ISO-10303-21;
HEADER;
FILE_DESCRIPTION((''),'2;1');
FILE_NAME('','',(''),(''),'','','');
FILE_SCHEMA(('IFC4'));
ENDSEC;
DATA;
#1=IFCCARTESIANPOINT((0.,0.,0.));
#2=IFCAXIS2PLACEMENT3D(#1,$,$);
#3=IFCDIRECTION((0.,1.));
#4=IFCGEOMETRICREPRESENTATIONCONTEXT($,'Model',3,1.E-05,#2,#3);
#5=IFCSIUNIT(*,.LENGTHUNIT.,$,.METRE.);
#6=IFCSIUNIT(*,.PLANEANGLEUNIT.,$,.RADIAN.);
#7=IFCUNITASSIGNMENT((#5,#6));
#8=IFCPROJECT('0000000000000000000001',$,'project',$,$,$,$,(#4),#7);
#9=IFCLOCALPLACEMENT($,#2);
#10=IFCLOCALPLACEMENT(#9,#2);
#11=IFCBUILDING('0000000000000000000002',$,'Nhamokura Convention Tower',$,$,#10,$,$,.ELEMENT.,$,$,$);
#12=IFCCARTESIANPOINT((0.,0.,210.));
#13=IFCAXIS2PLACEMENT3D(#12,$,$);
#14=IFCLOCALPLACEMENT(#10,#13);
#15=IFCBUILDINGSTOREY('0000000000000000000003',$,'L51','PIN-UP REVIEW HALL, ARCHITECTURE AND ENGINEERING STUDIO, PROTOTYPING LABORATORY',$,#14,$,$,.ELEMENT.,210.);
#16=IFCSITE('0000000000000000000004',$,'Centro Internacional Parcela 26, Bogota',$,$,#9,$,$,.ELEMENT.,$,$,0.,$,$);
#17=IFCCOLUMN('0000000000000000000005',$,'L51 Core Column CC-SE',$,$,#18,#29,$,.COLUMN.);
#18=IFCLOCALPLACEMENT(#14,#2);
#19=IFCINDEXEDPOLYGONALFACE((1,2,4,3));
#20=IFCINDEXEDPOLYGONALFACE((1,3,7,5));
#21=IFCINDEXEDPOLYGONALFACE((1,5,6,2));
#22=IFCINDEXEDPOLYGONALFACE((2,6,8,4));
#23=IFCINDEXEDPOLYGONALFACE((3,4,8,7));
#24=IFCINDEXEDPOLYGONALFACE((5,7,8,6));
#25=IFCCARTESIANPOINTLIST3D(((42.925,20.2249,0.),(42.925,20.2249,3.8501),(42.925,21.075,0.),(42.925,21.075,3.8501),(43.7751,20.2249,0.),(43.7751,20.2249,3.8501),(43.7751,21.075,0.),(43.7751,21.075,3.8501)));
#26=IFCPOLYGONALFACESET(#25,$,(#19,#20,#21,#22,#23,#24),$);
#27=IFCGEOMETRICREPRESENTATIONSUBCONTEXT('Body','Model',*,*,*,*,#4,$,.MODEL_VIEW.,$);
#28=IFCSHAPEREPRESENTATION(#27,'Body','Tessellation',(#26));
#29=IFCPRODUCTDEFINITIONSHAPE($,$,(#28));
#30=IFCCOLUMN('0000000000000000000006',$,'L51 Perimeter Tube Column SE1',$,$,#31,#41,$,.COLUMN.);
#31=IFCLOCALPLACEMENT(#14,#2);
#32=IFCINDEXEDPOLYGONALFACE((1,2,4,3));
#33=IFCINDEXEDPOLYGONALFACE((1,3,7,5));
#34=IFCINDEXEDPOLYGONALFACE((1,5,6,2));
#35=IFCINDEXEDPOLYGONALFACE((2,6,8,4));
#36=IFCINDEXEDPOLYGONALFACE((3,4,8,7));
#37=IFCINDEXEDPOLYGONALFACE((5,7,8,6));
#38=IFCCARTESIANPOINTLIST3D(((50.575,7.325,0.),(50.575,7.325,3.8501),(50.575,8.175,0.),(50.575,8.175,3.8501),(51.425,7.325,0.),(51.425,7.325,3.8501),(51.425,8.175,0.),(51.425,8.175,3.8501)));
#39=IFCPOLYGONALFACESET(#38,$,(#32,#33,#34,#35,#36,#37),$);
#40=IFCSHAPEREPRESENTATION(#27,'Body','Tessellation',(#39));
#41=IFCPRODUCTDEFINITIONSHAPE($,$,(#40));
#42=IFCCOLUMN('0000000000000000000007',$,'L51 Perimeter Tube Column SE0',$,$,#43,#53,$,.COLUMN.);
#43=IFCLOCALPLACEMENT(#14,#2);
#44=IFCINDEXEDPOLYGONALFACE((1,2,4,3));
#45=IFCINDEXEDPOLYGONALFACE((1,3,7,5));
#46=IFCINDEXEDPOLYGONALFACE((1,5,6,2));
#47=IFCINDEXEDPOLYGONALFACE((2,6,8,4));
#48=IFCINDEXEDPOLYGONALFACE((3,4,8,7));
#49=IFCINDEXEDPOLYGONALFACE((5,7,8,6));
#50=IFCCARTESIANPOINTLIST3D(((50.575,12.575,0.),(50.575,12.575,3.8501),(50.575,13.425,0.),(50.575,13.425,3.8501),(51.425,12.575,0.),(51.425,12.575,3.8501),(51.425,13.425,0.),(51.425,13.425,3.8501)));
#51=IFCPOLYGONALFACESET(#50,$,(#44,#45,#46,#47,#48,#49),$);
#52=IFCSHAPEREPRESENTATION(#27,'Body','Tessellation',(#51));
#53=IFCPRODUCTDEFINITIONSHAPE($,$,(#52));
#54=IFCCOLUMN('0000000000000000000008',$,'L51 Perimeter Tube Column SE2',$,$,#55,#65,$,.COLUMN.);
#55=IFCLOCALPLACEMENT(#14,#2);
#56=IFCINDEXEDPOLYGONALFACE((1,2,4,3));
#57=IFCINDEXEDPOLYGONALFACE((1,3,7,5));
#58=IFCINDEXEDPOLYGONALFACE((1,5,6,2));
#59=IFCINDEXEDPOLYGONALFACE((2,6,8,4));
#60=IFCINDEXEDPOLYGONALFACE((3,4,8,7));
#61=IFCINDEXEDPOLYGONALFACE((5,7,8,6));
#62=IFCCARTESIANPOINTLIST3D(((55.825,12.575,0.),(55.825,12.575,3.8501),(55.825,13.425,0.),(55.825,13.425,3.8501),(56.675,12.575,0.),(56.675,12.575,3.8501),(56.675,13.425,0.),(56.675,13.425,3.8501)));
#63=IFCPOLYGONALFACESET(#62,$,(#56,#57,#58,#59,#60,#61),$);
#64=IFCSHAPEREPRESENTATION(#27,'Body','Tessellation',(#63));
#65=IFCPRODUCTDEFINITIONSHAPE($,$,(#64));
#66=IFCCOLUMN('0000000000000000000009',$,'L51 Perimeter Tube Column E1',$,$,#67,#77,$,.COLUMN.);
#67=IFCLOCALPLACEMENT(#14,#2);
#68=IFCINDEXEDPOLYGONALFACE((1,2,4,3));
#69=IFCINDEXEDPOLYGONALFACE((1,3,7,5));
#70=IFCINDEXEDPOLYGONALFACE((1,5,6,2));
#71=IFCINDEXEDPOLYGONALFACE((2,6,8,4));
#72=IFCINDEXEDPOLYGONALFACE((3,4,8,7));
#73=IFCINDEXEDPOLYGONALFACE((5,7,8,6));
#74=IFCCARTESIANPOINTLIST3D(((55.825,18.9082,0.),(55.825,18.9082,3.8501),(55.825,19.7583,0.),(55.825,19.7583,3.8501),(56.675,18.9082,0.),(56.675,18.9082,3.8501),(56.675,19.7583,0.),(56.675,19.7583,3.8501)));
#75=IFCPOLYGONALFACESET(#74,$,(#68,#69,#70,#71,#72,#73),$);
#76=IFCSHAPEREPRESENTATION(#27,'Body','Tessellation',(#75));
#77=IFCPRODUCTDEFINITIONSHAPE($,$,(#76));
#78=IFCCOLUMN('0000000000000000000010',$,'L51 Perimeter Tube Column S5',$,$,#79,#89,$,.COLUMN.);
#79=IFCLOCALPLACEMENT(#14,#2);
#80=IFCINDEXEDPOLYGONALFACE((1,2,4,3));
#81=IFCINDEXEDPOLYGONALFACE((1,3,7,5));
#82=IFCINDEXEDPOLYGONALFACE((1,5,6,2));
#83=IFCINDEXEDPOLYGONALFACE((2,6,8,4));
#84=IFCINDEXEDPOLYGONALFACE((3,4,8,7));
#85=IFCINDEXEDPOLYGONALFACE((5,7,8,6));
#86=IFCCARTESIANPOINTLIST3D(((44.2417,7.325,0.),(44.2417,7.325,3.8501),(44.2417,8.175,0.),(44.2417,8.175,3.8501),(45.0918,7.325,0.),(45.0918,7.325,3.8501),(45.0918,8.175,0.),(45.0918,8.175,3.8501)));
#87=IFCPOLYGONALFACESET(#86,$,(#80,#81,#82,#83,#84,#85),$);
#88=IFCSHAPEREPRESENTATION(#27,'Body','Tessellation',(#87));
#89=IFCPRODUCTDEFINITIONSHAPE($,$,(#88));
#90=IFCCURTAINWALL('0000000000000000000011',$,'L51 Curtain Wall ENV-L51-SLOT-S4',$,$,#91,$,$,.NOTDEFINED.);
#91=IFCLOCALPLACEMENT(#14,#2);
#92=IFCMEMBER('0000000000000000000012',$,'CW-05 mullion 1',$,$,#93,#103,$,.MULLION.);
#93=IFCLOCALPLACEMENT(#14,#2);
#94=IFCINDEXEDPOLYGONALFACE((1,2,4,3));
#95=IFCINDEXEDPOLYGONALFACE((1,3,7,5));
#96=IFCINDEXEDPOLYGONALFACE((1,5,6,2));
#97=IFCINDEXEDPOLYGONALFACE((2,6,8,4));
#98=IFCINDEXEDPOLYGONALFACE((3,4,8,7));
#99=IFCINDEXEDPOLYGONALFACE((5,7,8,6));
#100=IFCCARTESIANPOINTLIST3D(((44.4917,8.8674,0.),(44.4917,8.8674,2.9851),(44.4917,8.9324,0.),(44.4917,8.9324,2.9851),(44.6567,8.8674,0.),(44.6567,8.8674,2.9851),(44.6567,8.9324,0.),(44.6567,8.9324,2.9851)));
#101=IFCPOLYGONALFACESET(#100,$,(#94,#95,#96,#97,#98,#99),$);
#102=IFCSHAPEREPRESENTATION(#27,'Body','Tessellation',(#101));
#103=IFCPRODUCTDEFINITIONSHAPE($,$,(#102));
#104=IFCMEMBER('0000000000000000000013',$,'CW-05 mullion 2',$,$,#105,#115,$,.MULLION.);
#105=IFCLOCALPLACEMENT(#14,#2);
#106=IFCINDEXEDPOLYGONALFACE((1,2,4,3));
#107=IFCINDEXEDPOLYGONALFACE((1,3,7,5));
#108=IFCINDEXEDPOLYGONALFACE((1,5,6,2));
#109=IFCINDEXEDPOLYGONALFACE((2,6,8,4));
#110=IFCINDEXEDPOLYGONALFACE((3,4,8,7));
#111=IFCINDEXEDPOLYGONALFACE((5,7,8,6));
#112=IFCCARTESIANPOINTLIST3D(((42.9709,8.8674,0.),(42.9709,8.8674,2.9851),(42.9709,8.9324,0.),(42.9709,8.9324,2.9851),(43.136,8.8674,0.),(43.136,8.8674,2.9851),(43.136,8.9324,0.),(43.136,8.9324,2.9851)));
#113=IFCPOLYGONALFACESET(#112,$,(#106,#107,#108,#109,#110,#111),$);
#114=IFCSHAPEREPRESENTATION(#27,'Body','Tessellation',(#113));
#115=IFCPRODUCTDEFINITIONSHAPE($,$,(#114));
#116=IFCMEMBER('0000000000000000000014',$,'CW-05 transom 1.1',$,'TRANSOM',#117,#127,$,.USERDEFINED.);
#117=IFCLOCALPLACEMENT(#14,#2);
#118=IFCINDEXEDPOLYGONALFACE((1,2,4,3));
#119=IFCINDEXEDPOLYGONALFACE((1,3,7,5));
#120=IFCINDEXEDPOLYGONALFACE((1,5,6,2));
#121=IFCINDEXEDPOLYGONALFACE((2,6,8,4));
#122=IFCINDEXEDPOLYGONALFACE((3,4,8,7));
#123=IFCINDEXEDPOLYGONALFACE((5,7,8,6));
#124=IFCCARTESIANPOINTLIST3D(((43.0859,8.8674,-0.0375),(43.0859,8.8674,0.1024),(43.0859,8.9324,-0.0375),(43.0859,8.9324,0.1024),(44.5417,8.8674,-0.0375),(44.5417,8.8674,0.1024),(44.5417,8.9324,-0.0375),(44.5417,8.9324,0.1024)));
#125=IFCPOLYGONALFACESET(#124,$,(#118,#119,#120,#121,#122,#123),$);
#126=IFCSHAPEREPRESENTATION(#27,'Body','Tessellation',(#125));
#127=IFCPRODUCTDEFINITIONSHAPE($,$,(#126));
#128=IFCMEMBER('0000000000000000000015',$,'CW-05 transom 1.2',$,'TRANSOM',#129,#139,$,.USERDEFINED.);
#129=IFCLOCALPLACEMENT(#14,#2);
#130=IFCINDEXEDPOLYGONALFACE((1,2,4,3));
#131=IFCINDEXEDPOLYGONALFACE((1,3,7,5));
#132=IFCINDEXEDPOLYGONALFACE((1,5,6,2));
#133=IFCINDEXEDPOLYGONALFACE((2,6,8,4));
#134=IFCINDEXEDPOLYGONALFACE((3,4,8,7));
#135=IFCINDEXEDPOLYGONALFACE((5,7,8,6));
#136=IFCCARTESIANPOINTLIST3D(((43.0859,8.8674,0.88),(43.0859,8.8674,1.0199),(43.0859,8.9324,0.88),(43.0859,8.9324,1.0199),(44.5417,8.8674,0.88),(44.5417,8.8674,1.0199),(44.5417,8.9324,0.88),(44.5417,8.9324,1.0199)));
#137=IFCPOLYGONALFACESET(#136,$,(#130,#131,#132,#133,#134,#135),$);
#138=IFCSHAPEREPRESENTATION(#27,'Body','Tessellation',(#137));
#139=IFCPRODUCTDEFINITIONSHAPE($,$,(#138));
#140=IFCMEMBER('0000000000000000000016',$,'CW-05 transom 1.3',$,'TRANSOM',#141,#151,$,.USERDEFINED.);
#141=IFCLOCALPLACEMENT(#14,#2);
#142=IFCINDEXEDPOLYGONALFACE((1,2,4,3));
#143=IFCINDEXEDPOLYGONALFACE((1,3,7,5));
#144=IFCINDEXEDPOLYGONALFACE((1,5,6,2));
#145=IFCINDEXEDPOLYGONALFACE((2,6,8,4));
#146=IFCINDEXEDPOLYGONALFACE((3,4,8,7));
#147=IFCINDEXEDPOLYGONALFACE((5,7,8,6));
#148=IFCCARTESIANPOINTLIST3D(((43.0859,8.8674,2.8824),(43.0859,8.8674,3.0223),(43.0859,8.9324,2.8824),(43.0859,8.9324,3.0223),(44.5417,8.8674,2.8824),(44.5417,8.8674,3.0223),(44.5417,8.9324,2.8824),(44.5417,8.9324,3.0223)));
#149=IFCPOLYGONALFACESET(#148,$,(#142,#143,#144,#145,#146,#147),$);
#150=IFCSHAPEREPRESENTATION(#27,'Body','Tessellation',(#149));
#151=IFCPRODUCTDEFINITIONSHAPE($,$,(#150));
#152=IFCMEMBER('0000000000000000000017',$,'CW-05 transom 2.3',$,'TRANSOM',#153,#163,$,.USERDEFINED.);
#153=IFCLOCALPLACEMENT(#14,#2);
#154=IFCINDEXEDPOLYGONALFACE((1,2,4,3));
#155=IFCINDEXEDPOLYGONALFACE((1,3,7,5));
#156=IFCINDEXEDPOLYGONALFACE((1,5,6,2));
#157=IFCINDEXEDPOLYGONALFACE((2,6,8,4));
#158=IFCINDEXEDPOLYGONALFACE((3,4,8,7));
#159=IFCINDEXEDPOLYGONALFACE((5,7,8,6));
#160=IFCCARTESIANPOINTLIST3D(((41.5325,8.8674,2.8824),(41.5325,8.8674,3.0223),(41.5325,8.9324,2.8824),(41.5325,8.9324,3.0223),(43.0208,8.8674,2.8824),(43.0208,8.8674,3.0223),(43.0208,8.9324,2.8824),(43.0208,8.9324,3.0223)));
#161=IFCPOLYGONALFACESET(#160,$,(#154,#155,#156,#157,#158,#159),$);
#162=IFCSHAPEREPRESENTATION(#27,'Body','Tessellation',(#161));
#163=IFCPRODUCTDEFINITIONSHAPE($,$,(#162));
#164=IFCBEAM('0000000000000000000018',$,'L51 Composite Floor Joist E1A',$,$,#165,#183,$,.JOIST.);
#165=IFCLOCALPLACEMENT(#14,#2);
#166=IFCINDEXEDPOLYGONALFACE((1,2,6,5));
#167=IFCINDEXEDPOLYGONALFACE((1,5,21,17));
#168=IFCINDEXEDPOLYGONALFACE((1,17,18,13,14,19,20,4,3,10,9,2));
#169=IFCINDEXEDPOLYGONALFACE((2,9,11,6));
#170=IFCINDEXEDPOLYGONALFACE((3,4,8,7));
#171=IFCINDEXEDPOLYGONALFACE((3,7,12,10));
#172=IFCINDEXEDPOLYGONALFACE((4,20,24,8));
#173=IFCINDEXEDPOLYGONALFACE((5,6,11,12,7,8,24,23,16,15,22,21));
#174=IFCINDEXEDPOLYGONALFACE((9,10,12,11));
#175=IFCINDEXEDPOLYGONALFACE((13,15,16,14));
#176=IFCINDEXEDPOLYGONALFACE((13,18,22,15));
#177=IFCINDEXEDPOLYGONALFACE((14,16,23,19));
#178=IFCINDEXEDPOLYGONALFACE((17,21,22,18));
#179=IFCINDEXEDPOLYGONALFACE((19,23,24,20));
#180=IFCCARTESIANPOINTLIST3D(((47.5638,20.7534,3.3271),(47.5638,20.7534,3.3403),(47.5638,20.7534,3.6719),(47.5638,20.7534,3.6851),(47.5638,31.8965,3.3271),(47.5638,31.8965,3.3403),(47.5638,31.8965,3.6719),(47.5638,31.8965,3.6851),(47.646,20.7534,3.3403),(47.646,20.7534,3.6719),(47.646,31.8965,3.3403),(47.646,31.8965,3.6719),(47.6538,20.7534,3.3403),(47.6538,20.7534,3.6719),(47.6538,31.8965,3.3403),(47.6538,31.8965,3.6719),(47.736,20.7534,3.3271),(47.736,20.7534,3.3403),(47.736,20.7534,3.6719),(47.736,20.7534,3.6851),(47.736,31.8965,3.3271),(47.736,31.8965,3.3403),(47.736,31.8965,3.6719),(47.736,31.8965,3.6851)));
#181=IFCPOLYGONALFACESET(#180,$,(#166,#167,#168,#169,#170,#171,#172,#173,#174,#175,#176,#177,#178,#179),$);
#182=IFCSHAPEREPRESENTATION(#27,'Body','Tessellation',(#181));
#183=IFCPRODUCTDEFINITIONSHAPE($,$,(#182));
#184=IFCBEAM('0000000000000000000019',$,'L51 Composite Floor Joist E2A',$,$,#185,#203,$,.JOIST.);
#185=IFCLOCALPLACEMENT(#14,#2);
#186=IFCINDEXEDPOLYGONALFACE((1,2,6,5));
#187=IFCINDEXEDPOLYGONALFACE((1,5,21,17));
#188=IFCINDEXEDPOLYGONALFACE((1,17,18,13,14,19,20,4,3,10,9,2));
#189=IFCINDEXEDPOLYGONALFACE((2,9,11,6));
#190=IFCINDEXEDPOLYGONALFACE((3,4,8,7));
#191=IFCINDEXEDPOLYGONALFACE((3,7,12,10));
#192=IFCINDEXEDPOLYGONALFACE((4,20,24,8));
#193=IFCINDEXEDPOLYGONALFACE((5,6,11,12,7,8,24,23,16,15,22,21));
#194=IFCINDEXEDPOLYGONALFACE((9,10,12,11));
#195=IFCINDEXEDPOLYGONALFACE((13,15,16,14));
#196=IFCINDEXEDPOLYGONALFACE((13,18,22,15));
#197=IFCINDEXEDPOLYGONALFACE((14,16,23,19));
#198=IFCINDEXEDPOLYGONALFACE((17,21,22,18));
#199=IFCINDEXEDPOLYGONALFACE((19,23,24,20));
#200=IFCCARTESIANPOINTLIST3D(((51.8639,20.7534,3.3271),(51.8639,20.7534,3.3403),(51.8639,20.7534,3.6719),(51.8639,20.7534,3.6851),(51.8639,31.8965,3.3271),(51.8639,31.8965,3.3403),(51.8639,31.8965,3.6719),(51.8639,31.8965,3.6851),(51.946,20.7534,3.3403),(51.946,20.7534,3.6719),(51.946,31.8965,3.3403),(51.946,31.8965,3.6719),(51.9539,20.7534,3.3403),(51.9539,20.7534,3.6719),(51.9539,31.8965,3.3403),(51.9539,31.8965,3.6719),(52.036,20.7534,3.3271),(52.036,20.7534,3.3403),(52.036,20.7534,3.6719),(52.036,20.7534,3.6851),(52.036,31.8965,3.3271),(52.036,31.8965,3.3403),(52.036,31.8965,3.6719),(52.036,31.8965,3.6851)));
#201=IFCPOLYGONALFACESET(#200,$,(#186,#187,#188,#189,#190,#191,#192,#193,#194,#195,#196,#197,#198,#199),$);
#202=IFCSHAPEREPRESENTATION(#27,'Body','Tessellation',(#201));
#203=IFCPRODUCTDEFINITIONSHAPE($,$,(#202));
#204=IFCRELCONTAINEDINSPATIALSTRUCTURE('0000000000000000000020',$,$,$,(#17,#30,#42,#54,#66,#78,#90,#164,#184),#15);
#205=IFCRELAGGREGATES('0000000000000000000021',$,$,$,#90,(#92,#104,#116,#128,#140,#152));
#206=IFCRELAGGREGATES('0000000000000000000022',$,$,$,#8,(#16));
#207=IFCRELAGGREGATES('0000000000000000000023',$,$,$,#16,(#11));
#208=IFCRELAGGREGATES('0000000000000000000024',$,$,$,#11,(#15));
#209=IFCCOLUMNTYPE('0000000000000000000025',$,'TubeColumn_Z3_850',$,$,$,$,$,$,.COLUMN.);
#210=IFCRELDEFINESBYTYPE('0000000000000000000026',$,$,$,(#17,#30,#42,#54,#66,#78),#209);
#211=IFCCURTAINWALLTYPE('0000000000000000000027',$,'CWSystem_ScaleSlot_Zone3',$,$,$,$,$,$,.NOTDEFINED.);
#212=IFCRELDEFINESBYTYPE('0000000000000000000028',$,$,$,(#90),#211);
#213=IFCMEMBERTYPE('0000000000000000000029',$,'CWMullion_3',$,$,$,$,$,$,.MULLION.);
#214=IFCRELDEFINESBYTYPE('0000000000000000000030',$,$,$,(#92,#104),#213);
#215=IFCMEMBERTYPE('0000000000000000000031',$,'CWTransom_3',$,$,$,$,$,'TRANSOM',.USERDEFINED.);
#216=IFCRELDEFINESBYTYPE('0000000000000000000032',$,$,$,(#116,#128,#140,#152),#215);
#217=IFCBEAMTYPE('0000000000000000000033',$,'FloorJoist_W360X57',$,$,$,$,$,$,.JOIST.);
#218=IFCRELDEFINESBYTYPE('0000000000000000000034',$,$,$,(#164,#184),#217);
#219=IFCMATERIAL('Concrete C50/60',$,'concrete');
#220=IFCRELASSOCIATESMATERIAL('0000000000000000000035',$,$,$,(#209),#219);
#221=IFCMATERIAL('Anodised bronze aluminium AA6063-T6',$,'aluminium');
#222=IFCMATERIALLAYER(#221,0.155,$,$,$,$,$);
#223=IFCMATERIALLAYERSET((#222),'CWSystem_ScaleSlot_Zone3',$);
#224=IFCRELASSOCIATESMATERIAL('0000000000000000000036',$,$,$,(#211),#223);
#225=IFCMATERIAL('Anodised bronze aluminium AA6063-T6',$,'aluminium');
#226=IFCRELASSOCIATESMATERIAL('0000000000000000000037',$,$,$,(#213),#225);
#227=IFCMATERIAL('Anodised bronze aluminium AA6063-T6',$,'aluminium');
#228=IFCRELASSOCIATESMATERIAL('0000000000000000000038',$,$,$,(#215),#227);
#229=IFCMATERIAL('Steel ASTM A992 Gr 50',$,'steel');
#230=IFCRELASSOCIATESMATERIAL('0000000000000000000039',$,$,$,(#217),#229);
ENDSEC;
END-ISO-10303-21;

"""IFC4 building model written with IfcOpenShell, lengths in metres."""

from ifc_helpers import new_model, si_unit, direction, frame, origin, origin_2d, place, context, subcontext, project, spatial, rectangle, i_section, extrude, material, layer, layer_set, material_profile, profile_set, type_object, element, aggregate, save


model = new_model("IFC4")

# Units and contexts
model_context = context("Model", 3, precision=1e-05, world=origin(), true_north=direction((0.0, 1.0)))
body_context = subcontext(model_context, "Body", "Model", "MODEL_VIEW")
ifc_project = project(units=[si_unit("LENGTHUNIT", "METRE"), si_unit("PLANEANGLEUNIT", "RADIAN")], contexts=[model_context])

# Site, building, storey
site_placement = place(None, origin())
site = spatial("IfcSite", under=ifc_project, at=site_placement, Name="Centro Internacional Parcela 26, Bogota", CompositionType="ELEMENT", RefElevation=0.0)
building_placement = place(site_placement, origin())
building = spatial("IfcBuilding", under=site, at=building_placement, Name="Nhamokura Convention Tower", CompositionType="ELEMENT")
storey_placement = place(building_placement, frame((0.0, 0.0, 210.0)))
storey = spatial("IfcBuildingStorey", under=building, at=storey_placement, Name="L51", Description="PIN-UP REVIEW HALL, ARCHITECTURE AND ENGINEERING STUDIO, PROTOTYPING LABORATORY", CompositionType="ELEMENT", Elevation=210.0)

# Columns
ifc_material_1 = material(Name="Concrete C50/60", Category="concrete")
ifc_material_profile_1 = material_profile(ifc_material_1, rectangle(XDim=0.8501, YDim=0.8501, at=origin_2d()))
ifc_profile_set_1 = profile_set([ifc_material_profile_1], Name="Concrete C50/60")
column_type = type_object("IfcColumnType", Name="TubeColumn_Z3_850", PredefinedType="COLUMN", material=ifc_profile_set_1)
for number, where, z_axis, x_axis, name in (
    (1, (43.3501, 20.6499, 0.0), (0.0, 0.0, 1.0), (1.0, 0.0, 0.0), "L51 Core Column CC-SE"),
    (2, (51.0, 7.75, 0.0), (0.0, 0.0, 1.0), (1.0, 0.0, 0.0), "L51 Perimeter Tube Column SE1"),
    (3, (51.0, 13.0, 0.0), (0.0, 0.0, 1.0), (1.0, 0.0, 0.0), "L51 Perimeter Tube Column SE0"),
    (4, (56.25, 13.0, 0.0), (0.0, 0.0, 1.0), (1.0, 0.0, 0.0), "L51 Perimeter Tube Column SE2"),
    (5, (56.25, 19.3333, 0.0), (0.0, 0.0, 1.0), (1.0, 0.0, 0.0), "L51 Perimeter Tube Column E1"),
    (6, (44.6667, 7.75, 0.0), (0.0, 0.0, 1.0), (1.0, 0.0, 0.0), "L51 Perimeter Tube Column S5"),
):
    element("IfcColumn", number, at=place(storey_placement, frame(where, z_axis=z_axis, x_axis=x_axis)), inside=storey, type_object=column_type, Name=name, PredefinedType="COLUMN", context=body_context, shape_type="SweptSolid", body=[
        extrude(rectangle(XDim=0.8501, YDim=0.8501, at=origin_2d()), origin(), (0.0, 0.0, 1.0), 3.8501),
    ])

# Curtain wall, members
ifc_material_2 = material(Name="Anodised bronze aluminium AA6063-T6", Category="aluminium")
ifc_layer_1 = layer(ifc_material_2, 0.155)
ifc_layer_set_1 = layer_set([ifc_layer_1], Name="CWSystem_ScaleSlot_Zone3")
curtain_wall_type = type_object("IfcCurtainWallType", Name="CWSystem_ScaleSlot_Zone3", PredefinedType="NOTDEFINED", material=ifc_layer_set_1)
curtain_wall_placement = place(storey_placement, origin())
curtain_wall = element("IfcCurtainWall", 7, at=curtain_wall_placement, inside=storey, type_object=curtain_wall_type, Name="L51 Curtain Wall ENV-L51-SLOT-S4", PredefinedType="NOTDEFINED")
ifc_material_3 = material(Name="Anodised bronze aluminium AA6063-T6", Category="aluminium")
ifc_material_profile_2 = material_profile(ifc_material_3, rectangle(XDim=0.0649, YDim=0.165, at=origin_2d()))
ifc_profile_set_2 = profile_set([ifc_material_profile_2], Name="Anodised bronze aluminium AA6063-T6")
member_type_1 = type_object("IfcMemberType", Name="CWMullion_3", PredefinedType="MULLION", material=ifc_profile_set_2)
member_1_placement = place(storey_placement, frame((44.5742, 8.8999, 0.0), z_axis=(0.0, 0.0, 1.0), x_axis=(0.0, -1.0, 0.0)))
member_1 = element("IfcMember", 8, at=member_1_placement, type_object=member_type_1, Name="CW-05 mullion 1", PredefinedType="MULLION", context=body_context, shape_type="SweptSolid", body=[
    extrude(rectangle(XDim=0.0649, YDim=0.165, at=origin_2d()), origin(), (0.0, 0.0, 1.0), 2.9851),
])
member_2_placement = place(storey_placement, frame((43.0535, 8.8999, 0.0), z_axis=(0.0, 0.0, 1.0), x_axis=(0.0, -1.0, 0.0)))
member_2 = element("IfcMember", 9, at=member_2_placement, type_object=member_type_1, Name="CW-05 mullion 2", PredefinedType="MULLION", context=body_context, shape_type="SweptSolid", body=[
    extrude(rectangle(XDim=0.0649, YDim=0.165, at=origin_2d()), origin(), (0.0, 0.0, 1.0), 2.9851),
])
ifc_material_4 = material(Name="Anodised bronze aluminium AA6063-T6", Category="aluminium")
ifc_material_profile_3 = material_profile(ifc_material_4, rectangle(XDim=0.0649, YDim=0.1399, at=origin_2d()))
ifc_profile_set_3 = profile_set([ifc_material_profile_3], Name="Anodised bronze aluminium AA6063-T6")
member_type_2 = type_object("IfcMemberType", Name="CWTransom_3", ElementType="TRANSOM", PredefinedType="USERDEFINED", material=ifc_profile_set_3)
member_3_placement = place(storey_placement, frame((44.5417, 8.8999, 0.0325), z_axis=(-1.0, 0.0, 0.0), x_axis=(0.0, -1.0, 0.0)))
member_3 = element("IfcMember", 10, at=member_3_placement, type_object=member_type_2, Name="CW-05 transom 1.1", ObjectType="TRANSOM", PredefinedType="USERDEFINED", context=body_context, shape_type="SweptSolid", body=[
    extrude(rectangle(XDim=0.0649, YDim=0.1399, at=origin_2d()), origin(), (0.0, 0.0, 1.0), 1.4558),
])
member_4_placement = place(storey_placement, frame((44.5417, 8.8999, 0.95), z_axis=(-1.0, 0.0, 0.0), x_axis=(0.0, -1.0, 0.0)))
member_4 = element("IfcMember", 11, at=member_4_placement, type_object=member_type_2, Name="CW-05 transom 1.2", ObjectType="TRANSOM", PredefinedType="USERDEFINED", context=body_context, shape_type="SweptSolid", body=[
    extrude(rectangle(XDim=0.0649, YDim=0.1399, at=origin_2d()), origin(), (0.0, 0.0, 1.0), 1.4558),
])
member_5_placement = place(storey_placement, frame((44.5417, 8.8999, 2.9524), z_axis=(-1.0, 0.0, 0.0), x_axis=(0.0, -1.0, 0.0)))
member_5 = element("IfcMember", 12, at=member_5_placement, type_object=member_type_2, Name="CW-05 transom 1.3", ObjectType="TRANSOM", PredefinedType="USERDEFINED", context=body_context, shape_type="SweptSolid", body=[
    extrude(rectangle(XDim=0.0649, YDim=0.1399, at=origin_2d()), origin(), (0.0, 0.0, 1.0), 1.4558),
])
member_6_placement = place(storey_placement, frame((43.0208, 8.8999, 2.9524), z_axis=(-1.0, 0.0, 0.0), x_axis=(0.0, -1.0, 0.0)))
member_6 = element("IfcMember", 13, at=member_6_placement, type_object=member_type_2, Name="CW-05 transom 2.3", ObjectType="TRANSOM", PredefinedType="USERDEFINED", context=body_context, shape_type="SweptSolid", body=[
    extrude(rectangle(XDim=0.0649, YDim=0.1399, at=origin_2d()), origin(), (0.0, 0.0, 1.0), 1.4883),
])

# Beams
ifc_material_5 = material(Name="Steel ASTM A992 Gr 50", Category="steel")
ifc_material_profile_4 = material_profile(ifc_material_5, i_section(OverallWidth=0.1721, OverallDepth=0.3579, WebThickness=0.0078, FlangeThickness=0.0132, at=origin_2d()))
ifc_profile_set_4 = profile_set([ifc_material_profile_4], Name="Steel ASTM A992 Gr 50")
beam_type_1 = type_object("IfcBeamType", Name="FloorJoist_W360X57", PredefinedType="JOIST", material=ifc_profile_set_4)
for number, where, z_axis, x_axis, name in (
    (14, (47.6499, 20.7534, 3.5061), (0.0, 1.0, 0.0), (-1.0, 0.0, 0.0), "L51 Composite Floor Joist E1A"),
    (15, (51.95, 20.7534, 3.5061), (0.0, 1.0, 0.0), (-1.0, 0.0, 0.0), "L51 Composite Floor Joist E2A"),
):
    element("IfcBeam", number, at=place(storey_placement, frame(where, z_axis=z_axis, x_axis=x_axis)), inside=storey, type_object=beam_type_1, Name=name, PredefinedType="JOIST", context=body_context, shape_type="SweptSolid", body=[
        extrude(i_section(OverallWidth=0.1721, OverallDepth=0.3579, WebThickness=0.0078, FlangeThickness=0.0132, at=origin_2d()), origin(), (0.0, 0.0, 1.0), 11.1431),
    ])

aggregate(curtain_wall, [member_1, member_2, member_3, member_4, member_5, member_6])

save(model, "model.ifc")
